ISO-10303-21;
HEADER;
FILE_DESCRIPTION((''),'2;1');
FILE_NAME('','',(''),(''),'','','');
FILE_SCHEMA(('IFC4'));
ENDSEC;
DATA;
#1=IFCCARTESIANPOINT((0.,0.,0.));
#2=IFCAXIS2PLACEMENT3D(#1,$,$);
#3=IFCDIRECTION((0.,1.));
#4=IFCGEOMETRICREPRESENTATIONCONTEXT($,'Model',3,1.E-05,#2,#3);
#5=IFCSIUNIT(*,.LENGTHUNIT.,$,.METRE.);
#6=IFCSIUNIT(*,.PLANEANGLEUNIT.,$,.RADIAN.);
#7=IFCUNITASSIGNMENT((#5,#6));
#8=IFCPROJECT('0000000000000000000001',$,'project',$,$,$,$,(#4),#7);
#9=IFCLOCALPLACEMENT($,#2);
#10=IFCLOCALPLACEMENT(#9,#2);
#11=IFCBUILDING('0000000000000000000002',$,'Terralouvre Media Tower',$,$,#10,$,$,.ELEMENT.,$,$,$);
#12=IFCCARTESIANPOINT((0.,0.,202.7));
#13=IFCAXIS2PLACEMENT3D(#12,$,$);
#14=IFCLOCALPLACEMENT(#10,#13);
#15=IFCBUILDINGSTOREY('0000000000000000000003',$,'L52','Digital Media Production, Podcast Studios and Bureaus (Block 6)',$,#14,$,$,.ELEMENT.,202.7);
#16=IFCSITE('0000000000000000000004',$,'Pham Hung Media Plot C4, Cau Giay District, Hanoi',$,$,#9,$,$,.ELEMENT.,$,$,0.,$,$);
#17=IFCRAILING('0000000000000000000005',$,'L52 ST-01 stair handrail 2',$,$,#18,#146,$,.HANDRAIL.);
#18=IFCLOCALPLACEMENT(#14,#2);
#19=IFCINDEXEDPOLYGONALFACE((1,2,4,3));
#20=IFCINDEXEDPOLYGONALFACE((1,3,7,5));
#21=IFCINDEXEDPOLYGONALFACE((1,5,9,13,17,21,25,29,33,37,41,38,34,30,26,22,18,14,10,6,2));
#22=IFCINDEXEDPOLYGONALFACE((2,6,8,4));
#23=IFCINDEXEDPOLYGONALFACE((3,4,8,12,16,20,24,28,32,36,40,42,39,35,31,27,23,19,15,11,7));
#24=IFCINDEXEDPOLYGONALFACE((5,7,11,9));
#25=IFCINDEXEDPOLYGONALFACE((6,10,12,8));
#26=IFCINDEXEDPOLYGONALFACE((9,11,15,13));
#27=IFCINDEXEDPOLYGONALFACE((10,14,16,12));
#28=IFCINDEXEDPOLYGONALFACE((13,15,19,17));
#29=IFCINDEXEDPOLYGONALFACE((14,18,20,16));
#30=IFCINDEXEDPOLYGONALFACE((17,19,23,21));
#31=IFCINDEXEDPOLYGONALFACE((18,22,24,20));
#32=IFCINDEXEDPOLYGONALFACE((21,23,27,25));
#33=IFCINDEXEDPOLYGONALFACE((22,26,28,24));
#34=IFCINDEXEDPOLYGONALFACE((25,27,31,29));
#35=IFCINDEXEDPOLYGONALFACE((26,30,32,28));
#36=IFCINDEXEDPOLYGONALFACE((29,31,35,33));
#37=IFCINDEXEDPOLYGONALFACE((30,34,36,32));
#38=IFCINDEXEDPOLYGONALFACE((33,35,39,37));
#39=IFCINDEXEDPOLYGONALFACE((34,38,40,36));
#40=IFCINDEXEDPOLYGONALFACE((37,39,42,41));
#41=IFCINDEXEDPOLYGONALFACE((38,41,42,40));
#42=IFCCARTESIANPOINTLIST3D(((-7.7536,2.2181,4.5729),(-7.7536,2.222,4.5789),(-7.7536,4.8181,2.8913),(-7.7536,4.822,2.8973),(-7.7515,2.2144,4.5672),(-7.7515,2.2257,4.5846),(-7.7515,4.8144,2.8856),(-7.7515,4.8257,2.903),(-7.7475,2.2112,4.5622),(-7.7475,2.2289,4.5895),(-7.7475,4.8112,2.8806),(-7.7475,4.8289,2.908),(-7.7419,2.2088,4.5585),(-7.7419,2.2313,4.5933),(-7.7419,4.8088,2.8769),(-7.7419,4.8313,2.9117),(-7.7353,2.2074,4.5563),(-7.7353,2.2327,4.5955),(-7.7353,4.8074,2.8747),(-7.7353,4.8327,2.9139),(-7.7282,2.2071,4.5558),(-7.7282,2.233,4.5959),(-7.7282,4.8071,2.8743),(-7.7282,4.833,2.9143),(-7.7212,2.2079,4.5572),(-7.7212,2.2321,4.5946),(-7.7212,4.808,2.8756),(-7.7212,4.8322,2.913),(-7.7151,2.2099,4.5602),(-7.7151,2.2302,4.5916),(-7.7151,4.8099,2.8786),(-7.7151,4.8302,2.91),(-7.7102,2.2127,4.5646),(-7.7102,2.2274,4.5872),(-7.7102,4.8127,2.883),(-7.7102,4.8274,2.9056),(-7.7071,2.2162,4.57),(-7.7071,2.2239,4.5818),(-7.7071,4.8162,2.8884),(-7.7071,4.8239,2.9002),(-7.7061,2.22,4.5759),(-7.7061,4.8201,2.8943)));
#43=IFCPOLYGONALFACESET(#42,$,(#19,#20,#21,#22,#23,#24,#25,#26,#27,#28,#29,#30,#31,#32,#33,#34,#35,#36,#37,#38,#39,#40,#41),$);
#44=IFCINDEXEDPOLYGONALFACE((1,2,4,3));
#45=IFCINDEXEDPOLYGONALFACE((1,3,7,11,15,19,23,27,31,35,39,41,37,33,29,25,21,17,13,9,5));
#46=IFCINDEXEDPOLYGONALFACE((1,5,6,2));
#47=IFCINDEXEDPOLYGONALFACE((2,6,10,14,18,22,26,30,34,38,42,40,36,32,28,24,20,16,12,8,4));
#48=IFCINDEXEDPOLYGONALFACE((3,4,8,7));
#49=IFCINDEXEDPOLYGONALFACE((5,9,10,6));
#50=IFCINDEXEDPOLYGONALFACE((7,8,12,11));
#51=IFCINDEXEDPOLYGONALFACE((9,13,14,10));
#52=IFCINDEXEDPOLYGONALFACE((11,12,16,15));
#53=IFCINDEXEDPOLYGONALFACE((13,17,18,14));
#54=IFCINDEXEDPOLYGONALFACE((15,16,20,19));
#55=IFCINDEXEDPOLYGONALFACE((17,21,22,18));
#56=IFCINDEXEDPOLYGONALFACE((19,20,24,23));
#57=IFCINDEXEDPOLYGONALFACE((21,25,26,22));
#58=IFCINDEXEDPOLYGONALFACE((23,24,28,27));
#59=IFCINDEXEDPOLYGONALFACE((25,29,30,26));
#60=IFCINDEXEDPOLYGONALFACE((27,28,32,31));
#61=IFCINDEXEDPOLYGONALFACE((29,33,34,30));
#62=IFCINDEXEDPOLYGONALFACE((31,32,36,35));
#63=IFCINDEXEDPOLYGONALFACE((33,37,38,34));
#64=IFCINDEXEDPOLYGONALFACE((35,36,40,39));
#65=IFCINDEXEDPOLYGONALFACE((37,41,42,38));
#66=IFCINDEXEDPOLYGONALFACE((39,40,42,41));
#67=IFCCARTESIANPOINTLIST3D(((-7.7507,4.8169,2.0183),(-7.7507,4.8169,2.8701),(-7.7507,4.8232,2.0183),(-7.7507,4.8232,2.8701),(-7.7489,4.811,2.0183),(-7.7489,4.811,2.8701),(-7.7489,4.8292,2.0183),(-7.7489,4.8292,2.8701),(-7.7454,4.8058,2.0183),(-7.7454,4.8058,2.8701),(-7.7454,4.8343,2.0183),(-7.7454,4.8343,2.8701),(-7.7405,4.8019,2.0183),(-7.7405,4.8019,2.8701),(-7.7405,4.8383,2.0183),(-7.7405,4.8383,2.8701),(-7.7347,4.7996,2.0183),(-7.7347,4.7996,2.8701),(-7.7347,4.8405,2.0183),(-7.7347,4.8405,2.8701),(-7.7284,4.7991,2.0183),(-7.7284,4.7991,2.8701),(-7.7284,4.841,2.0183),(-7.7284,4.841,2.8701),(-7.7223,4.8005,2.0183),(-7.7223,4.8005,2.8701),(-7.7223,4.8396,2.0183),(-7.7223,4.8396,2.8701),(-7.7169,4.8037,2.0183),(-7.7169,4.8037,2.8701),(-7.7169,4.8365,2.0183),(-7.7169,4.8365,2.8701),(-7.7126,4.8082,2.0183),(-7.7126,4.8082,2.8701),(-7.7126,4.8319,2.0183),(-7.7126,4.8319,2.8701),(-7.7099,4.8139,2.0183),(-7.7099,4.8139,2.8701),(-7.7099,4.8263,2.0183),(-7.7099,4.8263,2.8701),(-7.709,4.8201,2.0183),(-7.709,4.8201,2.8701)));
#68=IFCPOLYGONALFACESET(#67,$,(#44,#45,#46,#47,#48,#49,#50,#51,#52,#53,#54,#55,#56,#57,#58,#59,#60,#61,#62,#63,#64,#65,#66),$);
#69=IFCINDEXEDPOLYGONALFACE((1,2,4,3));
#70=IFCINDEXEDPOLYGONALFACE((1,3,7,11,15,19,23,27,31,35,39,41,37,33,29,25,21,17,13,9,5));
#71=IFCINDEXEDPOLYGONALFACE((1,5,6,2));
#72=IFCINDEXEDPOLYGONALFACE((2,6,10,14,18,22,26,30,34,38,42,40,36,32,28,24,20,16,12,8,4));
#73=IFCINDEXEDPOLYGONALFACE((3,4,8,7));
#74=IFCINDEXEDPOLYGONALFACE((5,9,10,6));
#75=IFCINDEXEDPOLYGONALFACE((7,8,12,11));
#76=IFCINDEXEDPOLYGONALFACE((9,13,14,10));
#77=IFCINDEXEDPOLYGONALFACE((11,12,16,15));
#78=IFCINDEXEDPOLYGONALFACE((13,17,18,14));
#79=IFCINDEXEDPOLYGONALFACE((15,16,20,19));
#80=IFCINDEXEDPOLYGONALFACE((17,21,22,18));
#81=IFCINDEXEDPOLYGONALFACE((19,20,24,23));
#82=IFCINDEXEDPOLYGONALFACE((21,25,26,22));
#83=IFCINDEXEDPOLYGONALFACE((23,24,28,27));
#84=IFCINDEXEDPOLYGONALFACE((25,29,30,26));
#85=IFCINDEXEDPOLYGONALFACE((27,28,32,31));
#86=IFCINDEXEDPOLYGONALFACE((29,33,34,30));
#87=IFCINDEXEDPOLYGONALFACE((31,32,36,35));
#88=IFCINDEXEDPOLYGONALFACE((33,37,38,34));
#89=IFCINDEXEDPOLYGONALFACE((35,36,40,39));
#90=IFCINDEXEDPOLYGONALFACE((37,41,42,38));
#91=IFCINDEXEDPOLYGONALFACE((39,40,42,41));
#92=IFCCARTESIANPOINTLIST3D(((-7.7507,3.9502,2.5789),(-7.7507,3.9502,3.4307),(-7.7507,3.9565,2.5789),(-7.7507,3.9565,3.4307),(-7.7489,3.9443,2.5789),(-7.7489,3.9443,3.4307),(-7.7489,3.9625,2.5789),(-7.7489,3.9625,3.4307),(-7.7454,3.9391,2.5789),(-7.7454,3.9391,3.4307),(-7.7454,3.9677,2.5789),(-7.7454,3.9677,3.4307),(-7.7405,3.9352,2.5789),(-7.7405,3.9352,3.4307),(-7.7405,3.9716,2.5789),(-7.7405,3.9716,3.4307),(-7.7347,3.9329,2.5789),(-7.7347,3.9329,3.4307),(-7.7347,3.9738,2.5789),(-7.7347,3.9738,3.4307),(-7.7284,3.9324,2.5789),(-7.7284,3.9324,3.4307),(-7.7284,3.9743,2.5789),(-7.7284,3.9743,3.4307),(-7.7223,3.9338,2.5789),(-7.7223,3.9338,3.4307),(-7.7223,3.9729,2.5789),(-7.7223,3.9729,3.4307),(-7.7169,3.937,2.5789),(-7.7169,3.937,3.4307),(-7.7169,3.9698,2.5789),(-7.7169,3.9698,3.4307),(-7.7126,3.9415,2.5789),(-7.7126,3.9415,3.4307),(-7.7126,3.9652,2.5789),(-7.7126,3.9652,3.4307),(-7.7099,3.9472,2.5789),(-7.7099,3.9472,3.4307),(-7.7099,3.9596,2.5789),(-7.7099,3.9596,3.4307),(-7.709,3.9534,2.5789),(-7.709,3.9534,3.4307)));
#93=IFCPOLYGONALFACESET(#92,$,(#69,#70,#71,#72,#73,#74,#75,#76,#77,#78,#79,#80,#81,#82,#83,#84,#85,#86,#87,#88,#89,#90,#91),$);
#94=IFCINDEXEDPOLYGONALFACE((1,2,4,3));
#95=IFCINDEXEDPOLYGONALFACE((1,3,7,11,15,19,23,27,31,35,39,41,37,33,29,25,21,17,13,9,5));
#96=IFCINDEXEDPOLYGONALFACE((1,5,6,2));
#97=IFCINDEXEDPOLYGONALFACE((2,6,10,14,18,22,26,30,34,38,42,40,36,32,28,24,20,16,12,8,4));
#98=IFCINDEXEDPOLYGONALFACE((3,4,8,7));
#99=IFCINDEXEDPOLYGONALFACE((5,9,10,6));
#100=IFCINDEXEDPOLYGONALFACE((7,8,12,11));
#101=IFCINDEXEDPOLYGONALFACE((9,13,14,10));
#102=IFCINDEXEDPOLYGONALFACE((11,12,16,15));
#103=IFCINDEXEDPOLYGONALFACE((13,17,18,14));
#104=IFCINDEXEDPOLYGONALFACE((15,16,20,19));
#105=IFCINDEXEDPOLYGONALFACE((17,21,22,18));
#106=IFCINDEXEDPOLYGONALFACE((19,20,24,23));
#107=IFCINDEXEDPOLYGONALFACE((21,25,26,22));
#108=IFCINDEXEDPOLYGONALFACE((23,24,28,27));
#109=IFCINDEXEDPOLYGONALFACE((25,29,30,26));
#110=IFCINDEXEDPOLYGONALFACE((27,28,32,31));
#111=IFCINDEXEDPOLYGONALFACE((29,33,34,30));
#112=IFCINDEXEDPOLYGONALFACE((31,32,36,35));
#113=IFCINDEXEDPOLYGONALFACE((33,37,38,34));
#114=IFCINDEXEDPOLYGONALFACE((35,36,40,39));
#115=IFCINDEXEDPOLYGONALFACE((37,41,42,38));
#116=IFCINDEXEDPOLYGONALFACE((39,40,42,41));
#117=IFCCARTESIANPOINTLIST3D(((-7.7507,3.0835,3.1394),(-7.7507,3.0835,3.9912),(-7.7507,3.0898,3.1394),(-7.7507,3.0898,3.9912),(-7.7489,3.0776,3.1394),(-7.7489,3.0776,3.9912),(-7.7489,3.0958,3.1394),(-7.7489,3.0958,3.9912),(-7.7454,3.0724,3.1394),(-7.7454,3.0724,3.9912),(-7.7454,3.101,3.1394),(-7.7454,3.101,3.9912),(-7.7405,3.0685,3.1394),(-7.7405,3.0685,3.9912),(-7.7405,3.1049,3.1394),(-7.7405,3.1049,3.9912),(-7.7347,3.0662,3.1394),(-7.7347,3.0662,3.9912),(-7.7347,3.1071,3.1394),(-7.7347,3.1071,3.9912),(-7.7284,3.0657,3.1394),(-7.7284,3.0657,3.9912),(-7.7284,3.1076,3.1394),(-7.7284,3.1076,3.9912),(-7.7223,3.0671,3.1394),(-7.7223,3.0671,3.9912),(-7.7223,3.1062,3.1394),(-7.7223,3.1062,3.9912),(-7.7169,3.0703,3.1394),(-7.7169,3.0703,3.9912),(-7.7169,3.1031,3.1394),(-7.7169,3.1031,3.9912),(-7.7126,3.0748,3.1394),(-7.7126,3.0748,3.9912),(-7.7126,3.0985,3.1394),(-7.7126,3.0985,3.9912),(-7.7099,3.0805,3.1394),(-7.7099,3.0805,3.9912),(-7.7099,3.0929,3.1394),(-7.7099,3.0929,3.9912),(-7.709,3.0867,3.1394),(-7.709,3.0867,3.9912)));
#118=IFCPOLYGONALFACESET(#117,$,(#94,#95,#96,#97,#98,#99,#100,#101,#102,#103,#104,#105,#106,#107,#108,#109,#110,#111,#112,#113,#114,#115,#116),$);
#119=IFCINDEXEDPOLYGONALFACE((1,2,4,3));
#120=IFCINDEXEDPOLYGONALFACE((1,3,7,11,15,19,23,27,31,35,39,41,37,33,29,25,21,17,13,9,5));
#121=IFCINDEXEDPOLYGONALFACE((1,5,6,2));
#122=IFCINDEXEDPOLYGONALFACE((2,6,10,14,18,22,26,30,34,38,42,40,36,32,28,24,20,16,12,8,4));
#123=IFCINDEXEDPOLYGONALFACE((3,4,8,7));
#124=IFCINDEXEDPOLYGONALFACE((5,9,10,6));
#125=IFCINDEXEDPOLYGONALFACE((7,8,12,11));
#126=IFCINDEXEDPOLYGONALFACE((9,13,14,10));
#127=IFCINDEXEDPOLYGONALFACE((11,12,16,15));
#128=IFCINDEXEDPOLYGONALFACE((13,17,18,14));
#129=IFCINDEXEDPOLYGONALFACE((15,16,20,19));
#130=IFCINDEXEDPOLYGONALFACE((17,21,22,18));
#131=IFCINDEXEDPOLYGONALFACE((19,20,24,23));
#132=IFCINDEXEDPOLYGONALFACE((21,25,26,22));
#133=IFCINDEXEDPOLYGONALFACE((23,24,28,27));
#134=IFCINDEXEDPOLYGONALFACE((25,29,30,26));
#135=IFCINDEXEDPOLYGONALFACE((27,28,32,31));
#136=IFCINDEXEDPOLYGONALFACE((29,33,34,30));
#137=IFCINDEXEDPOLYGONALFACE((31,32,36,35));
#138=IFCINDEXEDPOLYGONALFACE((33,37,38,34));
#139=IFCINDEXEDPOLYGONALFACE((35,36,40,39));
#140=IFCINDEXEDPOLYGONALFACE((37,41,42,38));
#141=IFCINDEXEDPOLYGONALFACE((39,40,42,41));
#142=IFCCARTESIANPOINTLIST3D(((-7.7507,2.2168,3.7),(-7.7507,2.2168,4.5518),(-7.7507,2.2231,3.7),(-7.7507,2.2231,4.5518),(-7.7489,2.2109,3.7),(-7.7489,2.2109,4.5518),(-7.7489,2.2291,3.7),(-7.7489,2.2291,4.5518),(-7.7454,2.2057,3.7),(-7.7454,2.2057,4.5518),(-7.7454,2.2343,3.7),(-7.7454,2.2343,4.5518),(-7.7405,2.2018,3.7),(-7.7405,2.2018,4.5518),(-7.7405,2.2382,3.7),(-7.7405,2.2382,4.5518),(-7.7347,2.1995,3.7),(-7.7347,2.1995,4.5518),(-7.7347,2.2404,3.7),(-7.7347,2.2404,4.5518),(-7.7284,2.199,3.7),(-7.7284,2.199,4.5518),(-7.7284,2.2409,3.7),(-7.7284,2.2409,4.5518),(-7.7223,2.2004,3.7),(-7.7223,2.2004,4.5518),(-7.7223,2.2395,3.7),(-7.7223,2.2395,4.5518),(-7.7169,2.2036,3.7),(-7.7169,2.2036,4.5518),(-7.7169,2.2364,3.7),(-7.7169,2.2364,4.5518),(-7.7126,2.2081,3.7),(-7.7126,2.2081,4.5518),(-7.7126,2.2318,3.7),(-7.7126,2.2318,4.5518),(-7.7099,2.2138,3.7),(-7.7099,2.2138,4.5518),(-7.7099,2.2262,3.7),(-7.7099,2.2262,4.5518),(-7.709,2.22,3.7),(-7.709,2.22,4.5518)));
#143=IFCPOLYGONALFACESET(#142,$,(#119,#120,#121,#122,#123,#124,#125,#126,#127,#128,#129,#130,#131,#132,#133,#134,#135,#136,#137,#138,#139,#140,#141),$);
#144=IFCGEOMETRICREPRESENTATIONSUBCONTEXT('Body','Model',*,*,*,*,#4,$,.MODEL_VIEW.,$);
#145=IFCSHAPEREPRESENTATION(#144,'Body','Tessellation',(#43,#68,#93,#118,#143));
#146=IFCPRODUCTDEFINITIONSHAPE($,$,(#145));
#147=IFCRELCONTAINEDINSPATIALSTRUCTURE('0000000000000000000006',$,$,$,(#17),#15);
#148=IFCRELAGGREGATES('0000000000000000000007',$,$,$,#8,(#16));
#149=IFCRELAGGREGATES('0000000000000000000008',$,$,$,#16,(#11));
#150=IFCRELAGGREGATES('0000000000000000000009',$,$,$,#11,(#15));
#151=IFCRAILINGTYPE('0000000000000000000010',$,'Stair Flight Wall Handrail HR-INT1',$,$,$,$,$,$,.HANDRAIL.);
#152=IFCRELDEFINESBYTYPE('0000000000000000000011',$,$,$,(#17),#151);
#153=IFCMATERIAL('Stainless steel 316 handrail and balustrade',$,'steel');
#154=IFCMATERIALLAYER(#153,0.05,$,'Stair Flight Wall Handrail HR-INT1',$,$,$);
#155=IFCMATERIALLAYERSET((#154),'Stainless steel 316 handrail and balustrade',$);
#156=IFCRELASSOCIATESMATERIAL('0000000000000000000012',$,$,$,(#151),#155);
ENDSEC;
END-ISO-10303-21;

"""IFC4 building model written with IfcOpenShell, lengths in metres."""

from ifc_helpers import new_model, si_unit, direction, frame, origin, origin_2d, place, context, subcontext, project, spatial, circle, extrude, material, layer, layer_set, type_object, element, save


model = new_model("IFC4")

# Units and contexts
model_context = context("Model", 3, precision=1e-05, world=origin(), true_north=direction((0.0, 1.0)))
body_context = subcontext(model_context, "Body", "Model", "MODEL_VIEW")
ifc_project = project(units=[si_unit("LENGTHUNIT", "METRE"), si_unit("PLANEANGLEUNIT", "RADIAN")], contexts=[model_context])

# Site, building, storey
site_placement = place(None, origin())
site = spatial("IfcSite", under=ifc_project, at=site_placement, Name="Pham Hung Media Plot C4, Cau Giay District, Hanoi", CompositionType="ELEMENT", RefElevation=0.0)
building_placement = place(site_placement, origin())
building = spatial("IfcBuilding", under=site, at=building_placement, Name="Terralouvre Media Tower", CompositionType="ELEMENT")
storey_placement = place(building_placement, frame((0.0, 0.0, 202.7)))
storey = spatial("IfcBuildingStorey", under=building, at=storey_placement, Name="L52", Description="Digital Media Production, Podcast Studios and Bureaus (Block 6)", CompositionType="ELEMENT", Elevation=202.7)

# Railing
ifc_material_1 = material(Name="Stainless steel 316 handrail and balustrade", Category="steel")
ifc_layer_1 = layer(ifc_material_1, 0.05, Name="Stair Flight Wall Handrail HR-INT1")
ifc_layer_set_1 = layer_set([ifc_layer_1], Name="Stainless steel 316 handrail and balustrade")
railing_type_1 = type_object("IfcRailingType", Name="Stair Flight Wall Handrail HR-INT1", PredefinedType="HANDRAIL", material=ifc_layer_set_1)
railing_1_placement = place(storey_placement, frame((-7.73, 4.8201, 2.0183)))
element("IfcRailing", 1, at=railing_1_placement, inside=storey, type_object=railing_type_1, Name="L52 ST-01 stair handrail 2", PredefinedType="HANDRAIL", context=body_context, shape_type="SweptSolid", body=[
    extrude(circle(Radius=0.0239, at=origin_2d()), frame((0.0, 0.0, 0.876), z_axis=(0.0, -0.839684, 0.543075), x_axis=(1.0, 0.0, 0.0)), (0.0, 0.0, 1.0), 3.0964),
    extrude(circle(Radius=0.021, at=origin_2d()), origin(), (0.0, 0.0, 1.0), 0.8518),
    extrude(circle(Radius=0.021, at=origin_2d()), frame((0.0, -0.8667, 0.5605)), (0.0, 0.0, 1.0), 0.8518),
    extrude(circle(Radius=0.021, at=origin_2d()), frame((0.0, -1.7334, 1.1211)), (0.0, 0.0, 1.0), 0.8518),
    extrude(circle(Radius=0.021, at=origin_2d()), frame((0.0, -2.6001, 1.6816)), (0.0, 0.0, 1.0), 0.8518),
])

save(model, "model.ifc")
